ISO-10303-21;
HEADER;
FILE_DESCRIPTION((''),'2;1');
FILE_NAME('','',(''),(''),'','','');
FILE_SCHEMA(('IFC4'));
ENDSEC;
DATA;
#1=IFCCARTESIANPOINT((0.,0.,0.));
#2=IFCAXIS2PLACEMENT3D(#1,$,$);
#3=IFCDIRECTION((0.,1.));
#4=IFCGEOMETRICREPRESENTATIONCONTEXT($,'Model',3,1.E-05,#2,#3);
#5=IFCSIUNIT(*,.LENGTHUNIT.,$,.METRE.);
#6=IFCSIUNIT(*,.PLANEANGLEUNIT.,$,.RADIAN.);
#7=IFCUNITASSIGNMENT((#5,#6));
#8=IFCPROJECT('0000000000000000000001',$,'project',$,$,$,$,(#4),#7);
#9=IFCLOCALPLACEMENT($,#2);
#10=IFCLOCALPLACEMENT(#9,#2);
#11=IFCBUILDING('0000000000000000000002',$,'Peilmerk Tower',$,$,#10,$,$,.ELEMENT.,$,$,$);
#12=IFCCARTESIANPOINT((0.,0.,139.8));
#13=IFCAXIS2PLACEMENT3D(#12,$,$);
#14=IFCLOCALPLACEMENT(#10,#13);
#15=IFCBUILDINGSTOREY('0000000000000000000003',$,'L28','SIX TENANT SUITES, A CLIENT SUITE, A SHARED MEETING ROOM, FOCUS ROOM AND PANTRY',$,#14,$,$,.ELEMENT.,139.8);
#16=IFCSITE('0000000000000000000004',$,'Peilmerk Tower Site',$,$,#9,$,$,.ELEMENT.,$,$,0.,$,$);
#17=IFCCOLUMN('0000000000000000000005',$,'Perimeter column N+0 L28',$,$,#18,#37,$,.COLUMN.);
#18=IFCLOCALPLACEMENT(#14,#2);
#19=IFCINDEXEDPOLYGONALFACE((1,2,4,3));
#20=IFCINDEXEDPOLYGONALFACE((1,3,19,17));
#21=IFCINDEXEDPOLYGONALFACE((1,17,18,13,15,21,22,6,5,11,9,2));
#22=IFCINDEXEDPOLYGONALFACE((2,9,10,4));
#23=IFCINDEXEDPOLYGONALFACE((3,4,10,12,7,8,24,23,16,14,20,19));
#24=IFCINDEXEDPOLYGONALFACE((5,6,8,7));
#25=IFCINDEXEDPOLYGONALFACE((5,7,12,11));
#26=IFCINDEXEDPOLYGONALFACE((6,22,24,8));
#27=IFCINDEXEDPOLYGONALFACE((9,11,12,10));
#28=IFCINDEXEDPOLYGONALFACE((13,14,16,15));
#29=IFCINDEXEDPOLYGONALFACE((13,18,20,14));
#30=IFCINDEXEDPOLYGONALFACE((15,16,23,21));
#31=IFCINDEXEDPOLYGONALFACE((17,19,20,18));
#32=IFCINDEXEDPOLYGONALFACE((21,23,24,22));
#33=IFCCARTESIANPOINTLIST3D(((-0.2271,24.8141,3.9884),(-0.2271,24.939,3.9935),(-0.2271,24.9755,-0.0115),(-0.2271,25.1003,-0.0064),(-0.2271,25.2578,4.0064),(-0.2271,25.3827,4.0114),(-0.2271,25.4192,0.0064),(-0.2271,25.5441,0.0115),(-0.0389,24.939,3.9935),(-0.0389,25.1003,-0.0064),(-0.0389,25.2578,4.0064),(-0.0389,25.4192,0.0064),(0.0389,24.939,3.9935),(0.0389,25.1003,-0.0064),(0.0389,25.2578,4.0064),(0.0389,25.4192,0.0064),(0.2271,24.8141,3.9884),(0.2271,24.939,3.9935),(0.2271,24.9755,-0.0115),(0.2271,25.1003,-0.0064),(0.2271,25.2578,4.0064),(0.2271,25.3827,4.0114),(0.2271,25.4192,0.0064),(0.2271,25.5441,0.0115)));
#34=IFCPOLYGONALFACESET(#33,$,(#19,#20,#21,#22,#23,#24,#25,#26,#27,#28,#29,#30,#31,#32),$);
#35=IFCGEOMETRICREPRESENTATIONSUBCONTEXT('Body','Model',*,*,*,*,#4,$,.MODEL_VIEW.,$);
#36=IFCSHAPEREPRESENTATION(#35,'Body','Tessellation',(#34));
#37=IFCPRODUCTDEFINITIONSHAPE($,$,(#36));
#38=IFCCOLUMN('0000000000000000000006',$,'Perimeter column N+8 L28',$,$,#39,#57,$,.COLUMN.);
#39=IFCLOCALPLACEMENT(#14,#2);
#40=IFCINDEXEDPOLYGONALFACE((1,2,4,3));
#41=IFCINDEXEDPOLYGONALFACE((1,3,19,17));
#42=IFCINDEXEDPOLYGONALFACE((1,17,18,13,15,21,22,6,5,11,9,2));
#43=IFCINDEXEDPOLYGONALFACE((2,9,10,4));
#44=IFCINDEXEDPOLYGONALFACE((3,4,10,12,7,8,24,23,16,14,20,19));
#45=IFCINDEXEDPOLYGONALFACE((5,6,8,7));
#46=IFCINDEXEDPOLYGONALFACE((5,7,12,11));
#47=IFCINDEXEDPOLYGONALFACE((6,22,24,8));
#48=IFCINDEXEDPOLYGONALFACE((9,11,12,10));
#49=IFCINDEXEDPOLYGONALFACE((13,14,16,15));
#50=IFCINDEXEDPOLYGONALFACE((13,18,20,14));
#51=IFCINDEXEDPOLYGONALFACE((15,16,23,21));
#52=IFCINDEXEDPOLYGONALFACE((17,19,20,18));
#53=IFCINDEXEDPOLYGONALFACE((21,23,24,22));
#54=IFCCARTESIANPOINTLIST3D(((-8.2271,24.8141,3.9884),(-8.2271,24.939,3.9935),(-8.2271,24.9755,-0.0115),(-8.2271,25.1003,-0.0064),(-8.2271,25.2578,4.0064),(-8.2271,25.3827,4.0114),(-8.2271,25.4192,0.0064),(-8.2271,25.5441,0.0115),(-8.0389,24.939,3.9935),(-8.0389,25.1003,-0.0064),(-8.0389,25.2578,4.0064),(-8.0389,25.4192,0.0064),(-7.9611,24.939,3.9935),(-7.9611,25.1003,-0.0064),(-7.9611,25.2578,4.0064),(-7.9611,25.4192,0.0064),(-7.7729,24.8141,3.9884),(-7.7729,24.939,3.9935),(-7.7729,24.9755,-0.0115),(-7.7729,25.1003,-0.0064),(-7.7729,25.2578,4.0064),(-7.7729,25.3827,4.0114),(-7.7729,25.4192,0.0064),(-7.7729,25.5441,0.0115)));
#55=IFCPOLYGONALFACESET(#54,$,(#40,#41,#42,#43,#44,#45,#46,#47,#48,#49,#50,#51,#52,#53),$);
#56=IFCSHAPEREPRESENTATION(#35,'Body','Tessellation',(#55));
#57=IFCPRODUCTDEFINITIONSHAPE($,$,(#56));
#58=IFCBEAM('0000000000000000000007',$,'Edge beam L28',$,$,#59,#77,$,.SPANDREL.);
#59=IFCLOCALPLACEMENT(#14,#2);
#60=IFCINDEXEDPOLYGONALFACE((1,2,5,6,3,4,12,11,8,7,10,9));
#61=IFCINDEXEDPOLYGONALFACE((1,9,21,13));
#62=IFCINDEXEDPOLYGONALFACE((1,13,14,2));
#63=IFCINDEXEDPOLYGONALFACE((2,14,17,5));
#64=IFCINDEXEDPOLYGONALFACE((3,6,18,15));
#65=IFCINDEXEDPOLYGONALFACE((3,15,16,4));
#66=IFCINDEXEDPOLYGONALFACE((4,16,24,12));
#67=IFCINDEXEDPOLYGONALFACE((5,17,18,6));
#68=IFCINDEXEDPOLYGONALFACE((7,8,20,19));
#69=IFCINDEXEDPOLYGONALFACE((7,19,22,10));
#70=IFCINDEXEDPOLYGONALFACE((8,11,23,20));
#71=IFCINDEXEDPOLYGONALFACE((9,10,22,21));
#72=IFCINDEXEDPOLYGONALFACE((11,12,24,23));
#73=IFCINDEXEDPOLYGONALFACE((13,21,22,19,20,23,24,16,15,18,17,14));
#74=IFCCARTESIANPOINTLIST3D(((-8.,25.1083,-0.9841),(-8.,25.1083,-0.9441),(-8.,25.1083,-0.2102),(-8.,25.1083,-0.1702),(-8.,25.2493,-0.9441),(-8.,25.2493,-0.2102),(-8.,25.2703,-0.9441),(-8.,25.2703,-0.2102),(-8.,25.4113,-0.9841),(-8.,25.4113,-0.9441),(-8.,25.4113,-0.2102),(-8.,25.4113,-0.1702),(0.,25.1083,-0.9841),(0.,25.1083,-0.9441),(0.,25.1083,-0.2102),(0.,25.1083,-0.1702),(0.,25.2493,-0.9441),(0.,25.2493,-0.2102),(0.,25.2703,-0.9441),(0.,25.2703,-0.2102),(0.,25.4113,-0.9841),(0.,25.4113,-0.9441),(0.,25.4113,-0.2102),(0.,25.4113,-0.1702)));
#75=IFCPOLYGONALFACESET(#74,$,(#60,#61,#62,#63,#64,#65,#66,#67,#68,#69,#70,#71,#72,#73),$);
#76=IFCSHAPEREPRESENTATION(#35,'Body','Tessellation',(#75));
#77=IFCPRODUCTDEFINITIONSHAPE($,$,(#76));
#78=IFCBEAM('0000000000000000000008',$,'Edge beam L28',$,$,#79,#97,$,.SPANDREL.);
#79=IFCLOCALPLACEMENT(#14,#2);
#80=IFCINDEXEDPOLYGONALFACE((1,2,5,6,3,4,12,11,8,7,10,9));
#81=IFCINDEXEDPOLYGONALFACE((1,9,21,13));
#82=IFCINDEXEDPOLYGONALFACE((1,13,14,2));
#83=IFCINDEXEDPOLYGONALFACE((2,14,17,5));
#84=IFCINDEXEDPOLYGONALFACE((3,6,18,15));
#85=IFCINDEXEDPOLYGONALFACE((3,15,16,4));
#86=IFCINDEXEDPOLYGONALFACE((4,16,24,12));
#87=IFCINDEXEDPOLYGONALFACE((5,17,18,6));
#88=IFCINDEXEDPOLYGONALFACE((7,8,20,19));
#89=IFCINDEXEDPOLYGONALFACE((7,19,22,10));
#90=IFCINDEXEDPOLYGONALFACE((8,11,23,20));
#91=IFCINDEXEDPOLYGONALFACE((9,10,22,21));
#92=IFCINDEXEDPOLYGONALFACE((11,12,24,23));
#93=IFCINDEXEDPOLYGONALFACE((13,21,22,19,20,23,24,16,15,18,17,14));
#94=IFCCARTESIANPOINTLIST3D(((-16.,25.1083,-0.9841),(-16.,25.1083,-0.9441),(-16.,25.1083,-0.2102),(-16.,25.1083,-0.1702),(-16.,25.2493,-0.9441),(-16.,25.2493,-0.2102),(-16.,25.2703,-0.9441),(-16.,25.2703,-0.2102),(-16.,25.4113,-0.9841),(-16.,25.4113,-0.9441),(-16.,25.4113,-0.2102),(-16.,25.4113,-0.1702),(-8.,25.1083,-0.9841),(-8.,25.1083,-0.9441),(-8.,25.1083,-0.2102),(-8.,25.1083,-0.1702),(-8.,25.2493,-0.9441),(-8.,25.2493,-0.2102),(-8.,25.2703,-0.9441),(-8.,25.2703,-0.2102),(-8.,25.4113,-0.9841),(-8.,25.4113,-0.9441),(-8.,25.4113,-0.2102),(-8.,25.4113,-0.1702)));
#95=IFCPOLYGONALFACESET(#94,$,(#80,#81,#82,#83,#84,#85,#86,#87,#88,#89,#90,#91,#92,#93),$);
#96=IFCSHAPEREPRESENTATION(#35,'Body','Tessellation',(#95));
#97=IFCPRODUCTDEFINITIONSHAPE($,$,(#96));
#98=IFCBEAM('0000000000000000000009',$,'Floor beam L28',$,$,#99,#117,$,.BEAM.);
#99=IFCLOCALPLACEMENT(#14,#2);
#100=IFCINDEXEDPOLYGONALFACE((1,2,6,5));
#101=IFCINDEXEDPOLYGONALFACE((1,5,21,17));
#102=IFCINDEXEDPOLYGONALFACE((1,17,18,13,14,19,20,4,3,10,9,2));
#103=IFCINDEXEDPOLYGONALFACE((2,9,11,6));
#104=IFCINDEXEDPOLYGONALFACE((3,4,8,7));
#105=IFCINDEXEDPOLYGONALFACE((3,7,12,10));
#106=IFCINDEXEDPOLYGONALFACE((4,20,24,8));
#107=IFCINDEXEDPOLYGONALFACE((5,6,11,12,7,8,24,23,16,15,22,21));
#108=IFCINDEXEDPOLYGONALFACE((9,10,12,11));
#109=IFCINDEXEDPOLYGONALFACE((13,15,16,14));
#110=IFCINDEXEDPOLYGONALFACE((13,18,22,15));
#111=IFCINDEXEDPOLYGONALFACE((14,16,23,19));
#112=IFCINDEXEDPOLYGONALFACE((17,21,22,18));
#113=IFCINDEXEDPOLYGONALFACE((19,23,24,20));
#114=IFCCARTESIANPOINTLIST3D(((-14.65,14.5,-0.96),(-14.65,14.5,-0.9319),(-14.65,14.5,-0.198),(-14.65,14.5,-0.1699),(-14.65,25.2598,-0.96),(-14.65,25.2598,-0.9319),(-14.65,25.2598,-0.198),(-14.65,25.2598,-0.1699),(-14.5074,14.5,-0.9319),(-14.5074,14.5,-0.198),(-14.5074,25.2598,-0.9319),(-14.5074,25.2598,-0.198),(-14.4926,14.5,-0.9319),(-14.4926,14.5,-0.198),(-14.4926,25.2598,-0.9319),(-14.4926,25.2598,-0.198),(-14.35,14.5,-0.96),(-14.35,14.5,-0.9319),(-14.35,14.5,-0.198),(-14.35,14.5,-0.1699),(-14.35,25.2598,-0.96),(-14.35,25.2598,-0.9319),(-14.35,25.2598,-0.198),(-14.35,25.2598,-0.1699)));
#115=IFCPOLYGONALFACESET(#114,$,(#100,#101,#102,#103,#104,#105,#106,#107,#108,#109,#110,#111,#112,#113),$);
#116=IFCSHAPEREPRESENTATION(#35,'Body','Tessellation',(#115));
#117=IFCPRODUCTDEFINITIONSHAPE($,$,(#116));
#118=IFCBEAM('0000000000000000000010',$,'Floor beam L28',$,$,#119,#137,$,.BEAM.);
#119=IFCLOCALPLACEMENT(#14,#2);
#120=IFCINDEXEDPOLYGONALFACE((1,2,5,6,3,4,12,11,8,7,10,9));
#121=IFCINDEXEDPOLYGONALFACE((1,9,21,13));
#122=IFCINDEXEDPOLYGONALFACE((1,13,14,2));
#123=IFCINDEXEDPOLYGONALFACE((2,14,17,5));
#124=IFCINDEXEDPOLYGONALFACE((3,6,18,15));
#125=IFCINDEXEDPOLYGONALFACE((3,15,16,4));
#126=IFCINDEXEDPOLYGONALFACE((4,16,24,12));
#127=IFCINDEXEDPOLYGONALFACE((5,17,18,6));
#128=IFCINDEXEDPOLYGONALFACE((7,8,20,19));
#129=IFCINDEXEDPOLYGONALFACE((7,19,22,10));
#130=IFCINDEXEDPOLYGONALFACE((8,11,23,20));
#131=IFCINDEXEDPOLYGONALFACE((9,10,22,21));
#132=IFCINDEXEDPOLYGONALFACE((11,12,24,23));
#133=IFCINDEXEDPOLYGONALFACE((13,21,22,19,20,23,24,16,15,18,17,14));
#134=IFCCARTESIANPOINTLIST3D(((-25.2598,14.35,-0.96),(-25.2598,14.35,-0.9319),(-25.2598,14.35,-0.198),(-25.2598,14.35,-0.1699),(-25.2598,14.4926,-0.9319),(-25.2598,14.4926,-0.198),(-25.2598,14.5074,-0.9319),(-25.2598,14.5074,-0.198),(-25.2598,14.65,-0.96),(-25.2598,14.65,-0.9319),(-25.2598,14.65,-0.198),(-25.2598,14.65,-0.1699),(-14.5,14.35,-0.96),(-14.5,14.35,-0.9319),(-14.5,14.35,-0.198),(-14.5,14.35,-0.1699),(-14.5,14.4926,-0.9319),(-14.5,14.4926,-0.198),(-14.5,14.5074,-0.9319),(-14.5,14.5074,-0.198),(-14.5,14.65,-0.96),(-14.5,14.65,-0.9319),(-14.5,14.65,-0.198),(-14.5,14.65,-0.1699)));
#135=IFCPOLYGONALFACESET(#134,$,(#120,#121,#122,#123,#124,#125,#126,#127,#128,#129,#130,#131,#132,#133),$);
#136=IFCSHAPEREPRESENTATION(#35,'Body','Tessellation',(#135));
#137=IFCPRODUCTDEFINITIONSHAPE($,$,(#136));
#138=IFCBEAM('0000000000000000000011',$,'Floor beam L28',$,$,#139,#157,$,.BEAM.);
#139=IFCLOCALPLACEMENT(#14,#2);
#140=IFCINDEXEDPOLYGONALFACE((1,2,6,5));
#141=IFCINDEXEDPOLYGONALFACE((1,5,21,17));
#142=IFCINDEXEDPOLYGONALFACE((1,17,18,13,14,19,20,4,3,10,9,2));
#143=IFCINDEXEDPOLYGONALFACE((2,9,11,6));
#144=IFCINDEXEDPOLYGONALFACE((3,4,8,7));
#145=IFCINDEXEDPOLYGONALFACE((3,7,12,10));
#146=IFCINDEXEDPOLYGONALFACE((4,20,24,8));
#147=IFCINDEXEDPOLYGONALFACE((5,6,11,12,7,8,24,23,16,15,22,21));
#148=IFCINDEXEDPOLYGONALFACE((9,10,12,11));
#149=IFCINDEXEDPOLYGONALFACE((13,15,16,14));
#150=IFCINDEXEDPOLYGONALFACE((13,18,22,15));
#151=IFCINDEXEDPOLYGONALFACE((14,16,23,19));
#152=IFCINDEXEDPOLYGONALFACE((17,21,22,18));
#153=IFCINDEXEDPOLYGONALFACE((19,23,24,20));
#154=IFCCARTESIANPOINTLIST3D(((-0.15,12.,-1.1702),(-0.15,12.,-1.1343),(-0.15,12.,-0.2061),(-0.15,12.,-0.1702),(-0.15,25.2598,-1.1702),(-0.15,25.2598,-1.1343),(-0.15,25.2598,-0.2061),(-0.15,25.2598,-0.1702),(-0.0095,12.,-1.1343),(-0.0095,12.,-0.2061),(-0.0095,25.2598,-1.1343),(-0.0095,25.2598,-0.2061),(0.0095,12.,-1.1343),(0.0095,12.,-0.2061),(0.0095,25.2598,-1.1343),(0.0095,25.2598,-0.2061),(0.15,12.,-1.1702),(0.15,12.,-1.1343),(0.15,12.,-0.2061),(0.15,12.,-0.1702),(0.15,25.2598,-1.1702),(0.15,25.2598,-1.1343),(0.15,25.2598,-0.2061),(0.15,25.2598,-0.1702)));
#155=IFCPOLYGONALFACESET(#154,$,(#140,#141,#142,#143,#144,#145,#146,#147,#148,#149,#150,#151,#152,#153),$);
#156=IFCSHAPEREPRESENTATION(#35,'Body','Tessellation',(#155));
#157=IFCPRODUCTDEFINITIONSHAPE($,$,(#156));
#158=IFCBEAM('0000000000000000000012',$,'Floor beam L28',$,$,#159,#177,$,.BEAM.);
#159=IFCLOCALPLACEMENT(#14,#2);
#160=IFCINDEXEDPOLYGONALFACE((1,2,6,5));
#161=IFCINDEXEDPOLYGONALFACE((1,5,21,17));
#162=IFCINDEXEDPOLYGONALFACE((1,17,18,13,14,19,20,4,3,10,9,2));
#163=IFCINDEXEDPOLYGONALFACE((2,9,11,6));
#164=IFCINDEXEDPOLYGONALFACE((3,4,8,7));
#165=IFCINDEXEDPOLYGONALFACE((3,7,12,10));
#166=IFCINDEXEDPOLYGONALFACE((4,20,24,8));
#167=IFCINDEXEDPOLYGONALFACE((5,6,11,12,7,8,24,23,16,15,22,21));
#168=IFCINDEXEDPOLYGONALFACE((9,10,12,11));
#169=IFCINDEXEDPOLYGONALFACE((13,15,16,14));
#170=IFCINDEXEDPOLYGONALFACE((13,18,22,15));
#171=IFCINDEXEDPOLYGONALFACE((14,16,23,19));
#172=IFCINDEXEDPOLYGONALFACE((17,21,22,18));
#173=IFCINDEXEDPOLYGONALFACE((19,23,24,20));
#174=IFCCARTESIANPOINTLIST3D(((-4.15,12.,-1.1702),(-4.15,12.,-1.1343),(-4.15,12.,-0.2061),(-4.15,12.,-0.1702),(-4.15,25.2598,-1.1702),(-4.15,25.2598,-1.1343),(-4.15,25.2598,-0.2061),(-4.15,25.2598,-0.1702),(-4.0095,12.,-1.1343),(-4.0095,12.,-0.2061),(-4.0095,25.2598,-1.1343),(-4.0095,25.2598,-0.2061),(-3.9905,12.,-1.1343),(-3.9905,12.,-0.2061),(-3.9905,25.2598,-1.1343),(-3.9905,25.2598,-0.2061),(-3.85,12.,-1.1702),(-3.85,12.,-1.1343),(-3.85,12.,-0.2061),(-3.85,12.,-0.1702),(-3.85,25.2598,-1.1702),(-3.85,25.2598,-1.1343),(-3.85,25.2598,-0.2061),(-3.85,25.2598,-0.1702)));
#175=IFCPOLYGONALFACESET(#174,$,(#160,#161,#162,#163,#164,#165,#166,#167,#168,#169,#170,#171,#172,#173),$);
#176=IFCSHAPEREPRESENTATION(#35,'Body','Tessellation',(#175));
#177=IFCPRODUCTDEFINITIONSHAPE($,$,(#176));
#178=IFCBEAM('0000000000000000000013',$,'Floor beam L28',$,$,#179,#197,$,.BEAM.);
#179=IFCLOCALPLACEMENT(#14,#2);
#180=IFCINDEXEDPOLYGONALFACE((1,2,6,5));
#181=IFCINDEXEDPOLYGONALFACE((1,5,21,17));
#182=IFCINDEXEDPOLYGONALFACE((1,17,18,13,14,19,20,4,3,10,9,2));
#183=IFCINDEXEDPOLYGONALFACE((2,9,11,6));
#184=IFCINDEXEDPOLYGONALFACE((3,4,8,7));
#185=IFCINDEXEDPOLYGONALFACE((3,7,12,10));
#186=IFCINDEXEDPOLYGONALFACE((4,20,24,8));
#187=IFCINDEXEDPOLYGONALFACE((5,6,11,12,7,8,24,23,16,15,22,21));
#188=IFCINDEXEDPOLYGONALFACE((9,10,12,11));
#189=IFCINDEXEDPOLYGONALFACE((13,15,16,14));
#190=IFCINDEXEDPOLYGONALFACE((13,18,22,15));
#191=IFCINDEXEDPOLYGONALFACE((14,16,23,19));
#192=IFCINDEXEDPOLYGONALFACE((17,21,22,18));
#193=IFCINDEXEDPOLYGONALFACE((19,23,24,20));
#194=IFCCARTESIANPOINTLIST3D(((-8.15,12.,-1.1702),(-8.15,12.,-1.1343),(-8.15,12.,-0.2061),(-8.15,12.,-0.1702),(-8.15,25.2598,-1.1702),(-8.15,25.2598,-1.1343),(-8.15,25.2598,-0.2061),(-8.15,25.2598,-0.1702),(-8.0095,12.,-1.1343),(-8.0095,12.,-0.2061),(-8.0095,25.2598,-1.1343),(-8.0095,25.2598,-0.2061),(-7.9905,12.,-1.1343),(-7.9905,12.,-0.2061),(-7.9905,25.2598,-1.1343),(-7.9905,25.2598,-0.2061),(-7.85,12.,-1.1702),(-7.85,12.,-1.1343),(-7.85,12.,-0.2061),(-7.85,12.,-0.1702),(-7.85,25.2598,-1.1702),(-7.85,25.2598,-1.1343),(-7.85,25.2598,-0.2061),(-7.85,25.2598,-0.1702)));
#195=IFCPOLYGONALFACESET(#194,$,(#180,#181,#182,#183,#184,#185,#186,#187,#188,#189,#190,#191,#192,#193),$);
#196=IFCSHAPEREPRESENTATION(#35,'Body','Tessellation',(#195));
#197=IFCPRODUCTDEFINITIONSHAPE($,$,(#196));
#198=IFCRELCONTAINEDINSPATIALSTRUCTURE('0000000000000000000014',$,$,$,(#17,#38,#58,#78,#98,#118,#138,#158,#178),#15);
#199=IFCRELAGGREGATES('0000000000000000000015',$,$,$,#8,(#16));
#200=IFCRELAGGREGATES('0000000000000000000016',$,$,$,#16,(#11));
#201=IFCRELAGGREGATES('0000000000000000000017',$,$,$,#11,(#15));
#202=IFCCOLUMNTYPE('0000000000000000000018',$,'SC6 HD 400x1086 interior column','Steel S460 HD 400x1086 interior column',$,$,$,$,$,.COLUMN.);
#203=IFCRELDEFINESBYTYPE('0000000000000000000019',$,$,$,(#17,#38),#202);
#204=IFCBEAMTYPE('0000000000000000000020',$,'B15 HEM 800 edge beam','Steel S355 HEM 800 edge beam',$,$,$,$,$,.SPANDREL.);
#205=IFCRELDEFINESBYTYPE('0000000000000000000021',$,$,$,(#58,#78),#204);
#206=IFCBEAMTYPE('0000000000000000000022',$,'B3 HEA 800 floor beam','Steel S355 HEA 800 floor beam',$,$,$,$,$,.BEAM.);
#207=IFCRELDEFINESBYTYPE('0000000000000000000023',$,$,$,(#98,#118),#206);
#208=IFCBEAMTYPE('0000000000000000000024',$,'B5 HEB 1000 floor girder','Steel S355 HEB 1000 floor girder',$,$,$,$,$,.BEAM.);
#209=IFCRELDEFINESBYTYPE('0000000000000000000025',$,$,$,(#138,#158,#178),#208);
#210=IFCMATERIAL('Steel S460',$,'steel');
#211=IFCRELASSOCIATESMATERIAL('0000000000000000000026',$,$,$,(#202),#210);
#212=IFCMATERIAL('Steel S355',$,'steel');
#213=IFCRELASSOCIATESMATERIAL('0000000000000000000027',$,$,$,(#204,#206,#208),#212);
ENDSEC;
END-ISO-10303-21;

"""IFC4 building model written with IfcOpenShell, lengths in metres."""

from ifc_helpers import new_model, si_unit, direction, frame, origin, origin_2d, place, context, subcontext, project, spatial, i_section, extrude, material, material_profile, profile_set, type_object, element, save


model = new_model("IFC4")

# Units and contexts
model_context = context("Model", 3, precision=1e-05, world=origin(), true_north=direction((0.0, 1.0)))
body_context = subcontext(model_context, "Body", "Model", "MODEL_VIEW")
ifc_project = project(units=[si_unit("LENGTHUNIT", "METRE"), si_unit("PLANEANGLEUNIT", "RADIAN")], contexts=[model_context])

# Site, building, storey
site_placement = place(None, origin())
site = spatial("IfcSite", under=ifc_project, at=site_placement, Name="Peilmerk Tower Site", CompositionType="ELEMENT", RefElevation=0.0)
building_placement = place(site_placement, origin())
building = spatial("IfcBuilding", under=site, at=building_placement, Name="Peilmerk Tower", CompositionType="ELEMENT")
storey_placement = place(building_placement, frame((0.0, 0.0, 139.8)))
storey = spatial("IfcBuildingStorey", under=building, at=storey_placement, Name="L28", Description="SIX TENANT SUITES, A CLIENT SUITE, A SHARED MEETING ROOM, FOCUS ROOM AND PANTRY", CompositionType="ELEMENT", Elevation=139.8)

# Columns
ifc_material_1 = material(Name="Steel S460", Category="steel")
ifc_material_profile_1 = material_profile(ifc_material_1, i_section(OverallWidth=0.4541, OverallDepth=0.5691, WebThickness=0.0779, FlangeThickness=0.125, at=origin_2d()), Name="HD 400x1086")
ifc_profile_set_1 = profile_set([ifc_material_profile_1], Name="Steel S460")
column_type = type_object("IfcColumnType", Name="SC6 HD 400x1086 interior column", Description="Steel S460 HD 400x1086 interior column", PredefinedType="COLUMN", material=ifc_profile_set_1)
for number, where, z_axis, x_axis, name in (
    (1, (0.0, 25.2598, 0.0), (0.0, -0.040311, 0.999187), (1.0, 0.0, 0.0), "Perimeter column N+0 L28"),
    (2, (-8.0, 25.2598, 0.0), (0.0, -0.040311, 0.999187), (1.0, 0.0, 0.0), "Perimeter column N+8 L28"),
):
    element("IfcColumn", number, at=place(storey_placement, frame(where, z_axis=z_axis, x_axis=x_axis)), inside=storey, type_object=column_type, Name=name, PredefinedType="COLUMN", context=body_context, shape_type="SweptSolid", body=[
        extrude(i_section(OverallWidth=0.4541, OverallDepth=0.5691, WebThickness=0.0779, FlangeThickness=0.125, at=origin_2d()), origin(), (0.0, 0.0, 1.0), 4.0032),
    ])

# Beams
ifc_material_2 = material(Name="Steel S355", Category="steel")
ifc_material_profile_2 = material_profile(ifc_material_2, i_section(OverallWidth=0.303, OverallDepth=0.814, WebThickness=0.021, FlangeThickness=0.04, at=origin_2d()), Name="HEM 800")
ifc_profile_set_2 = profile_set([ifc_material_profile_2], Name="Steel S355")
beam_type_1 = type_object("IfcBeamType", Name="B15 HEM 800 edge beam", Description="Steel S355 HEM 800 edge beam", PredefinedType="SPANDREL", material=ifc_profile_set_2)
for number, where, z_axis, x_axis, name in (
    (3, (0.0, 25.2598, -0.5771), (-1.0, 0.0, 0.0), (0.0, -1.0, 0.0), "Edge beam L28"),
    (4, (-8.0, 25.2598, -0.5771), (-1.0, 0.0, 0.0), (0.0, -1.0, 0.0), "Edge beam L28"),
):
    element("IfcBeam", number, at=place(storey_placement, frame(where, z_axis=z_axis, x_axis=x_axis)), inside=storey, type_object=beam_type_1, Name=name, PredefinedType="SPANDREL", context=body_context, shape_type="SweptSolid", body=[
        extrude(i_section(OverallWidth=0.303, OverallDepth=0.814, WebThickness=0.021, FlangeThickness=0.04, at=origin_2d()), origin(), (0.0, 0.0, 1.0), 8.0),
    ])
ifc_material_profile_3 = material_profile(ifc_material_2, i_section(OverallWidth=0.3, OverallDepth=0.79, WebThickness=0.0149, FlangeThickness=0.0281, at=origin_2d()), Name="HEA 800")
ifc_profile_set_3 = profile_set([ifc_material_profile_3], Name="Steel S355")
beam_type_2 = type_object("IfcBeamType", Name="B3 HEA 800 floor beam", Description="Steel S355 HEA 800 floor beam", PredefinedType="BEAM", material=ifc_profile_set_3)
for number, where, z_axis, x_axis, name in (
    (5, (-14.5, 14.5, -0.5649), (0.0, 1.0, 0.0), (-1.0, 0.0, 0.0), "Floor beam L28"),
    (6, (-14.5, 14.5, -0.5649), (-1.0, 0.0, 0.0), (0.0, -1.0, 0.0), "Floor beam L28"),
):
    element("IfcBeam", number, at=place(storey_placement, frame(where, z_axis=z_axis, x_axis=x_axis)), inside=storey, type_object=beam_type_2, Name=name, PredefinedType="BEAM", context=body_context, shape_type="SweptSolid", body=[
        extrude(i_section(OverallWidth=0.3, OverallDepth=0.79, WebThickness=0.0149, FlangeThickness=0.0281, at=origin_2d()), origin(), (0.0, 0.0, 1.0), 10.7598),
    ])
ifc_material_profile_4 = material_profile(ifc_material_2, i_section(OverallWidth=0.3, OverallDepth=1.0, WebThickness=0.019, FlangeThickness=0.0359, at=origin_2d()), Name="HEB 1000")
ifc_profile_set_4 = profile_set([ifc_material_profile_4], Name="Steel S355")
beam_type_3 = type_object("IfcBeamType", Name="B5 HEB 1000 floor girder", Description="Steel S355 HEB 1000 floor girder", PredefinedType="BEAM", material=ifc_profile_set_4)
for number, where, z_axis, x_axis, name in (
    (7, (0.0, 12.0, -0.6702), (0.0, 1.0, 0.0), (-1.0, 0.0, 0.0), "Floor beam L28"),
    (8, (-4.0, 12.0, -0.6702), (0.0, 1.0, 0.0), (-1.0, 0.0, 0.0), "Floor beam L28"),
    (9, (-8.0, 12.0, -0.6702), (0.0, 1.0, 0.0), (-1.0, 0.0, 0.0), "Floor beam L28"),
):
    element("IfcBeam", number, at=place(storey_placement, frame(where, z_axis=z_axis, x_axis=x_axis)), inside=storey, type_object=beam_type_3, Name=name, PredefinedType="BEAM", context=body_context, shape_type="SweptSolid", body=[
        extrude(i_section(OverallWidth=0.3, OverallDepth=1.0, WebThickness=0.019, FlangeThickness=0.0359, at=origin_2d()), origin(), (0.0, 0.0, 1.0), 13.2598),
    ])

save(model, "model.ifc")
